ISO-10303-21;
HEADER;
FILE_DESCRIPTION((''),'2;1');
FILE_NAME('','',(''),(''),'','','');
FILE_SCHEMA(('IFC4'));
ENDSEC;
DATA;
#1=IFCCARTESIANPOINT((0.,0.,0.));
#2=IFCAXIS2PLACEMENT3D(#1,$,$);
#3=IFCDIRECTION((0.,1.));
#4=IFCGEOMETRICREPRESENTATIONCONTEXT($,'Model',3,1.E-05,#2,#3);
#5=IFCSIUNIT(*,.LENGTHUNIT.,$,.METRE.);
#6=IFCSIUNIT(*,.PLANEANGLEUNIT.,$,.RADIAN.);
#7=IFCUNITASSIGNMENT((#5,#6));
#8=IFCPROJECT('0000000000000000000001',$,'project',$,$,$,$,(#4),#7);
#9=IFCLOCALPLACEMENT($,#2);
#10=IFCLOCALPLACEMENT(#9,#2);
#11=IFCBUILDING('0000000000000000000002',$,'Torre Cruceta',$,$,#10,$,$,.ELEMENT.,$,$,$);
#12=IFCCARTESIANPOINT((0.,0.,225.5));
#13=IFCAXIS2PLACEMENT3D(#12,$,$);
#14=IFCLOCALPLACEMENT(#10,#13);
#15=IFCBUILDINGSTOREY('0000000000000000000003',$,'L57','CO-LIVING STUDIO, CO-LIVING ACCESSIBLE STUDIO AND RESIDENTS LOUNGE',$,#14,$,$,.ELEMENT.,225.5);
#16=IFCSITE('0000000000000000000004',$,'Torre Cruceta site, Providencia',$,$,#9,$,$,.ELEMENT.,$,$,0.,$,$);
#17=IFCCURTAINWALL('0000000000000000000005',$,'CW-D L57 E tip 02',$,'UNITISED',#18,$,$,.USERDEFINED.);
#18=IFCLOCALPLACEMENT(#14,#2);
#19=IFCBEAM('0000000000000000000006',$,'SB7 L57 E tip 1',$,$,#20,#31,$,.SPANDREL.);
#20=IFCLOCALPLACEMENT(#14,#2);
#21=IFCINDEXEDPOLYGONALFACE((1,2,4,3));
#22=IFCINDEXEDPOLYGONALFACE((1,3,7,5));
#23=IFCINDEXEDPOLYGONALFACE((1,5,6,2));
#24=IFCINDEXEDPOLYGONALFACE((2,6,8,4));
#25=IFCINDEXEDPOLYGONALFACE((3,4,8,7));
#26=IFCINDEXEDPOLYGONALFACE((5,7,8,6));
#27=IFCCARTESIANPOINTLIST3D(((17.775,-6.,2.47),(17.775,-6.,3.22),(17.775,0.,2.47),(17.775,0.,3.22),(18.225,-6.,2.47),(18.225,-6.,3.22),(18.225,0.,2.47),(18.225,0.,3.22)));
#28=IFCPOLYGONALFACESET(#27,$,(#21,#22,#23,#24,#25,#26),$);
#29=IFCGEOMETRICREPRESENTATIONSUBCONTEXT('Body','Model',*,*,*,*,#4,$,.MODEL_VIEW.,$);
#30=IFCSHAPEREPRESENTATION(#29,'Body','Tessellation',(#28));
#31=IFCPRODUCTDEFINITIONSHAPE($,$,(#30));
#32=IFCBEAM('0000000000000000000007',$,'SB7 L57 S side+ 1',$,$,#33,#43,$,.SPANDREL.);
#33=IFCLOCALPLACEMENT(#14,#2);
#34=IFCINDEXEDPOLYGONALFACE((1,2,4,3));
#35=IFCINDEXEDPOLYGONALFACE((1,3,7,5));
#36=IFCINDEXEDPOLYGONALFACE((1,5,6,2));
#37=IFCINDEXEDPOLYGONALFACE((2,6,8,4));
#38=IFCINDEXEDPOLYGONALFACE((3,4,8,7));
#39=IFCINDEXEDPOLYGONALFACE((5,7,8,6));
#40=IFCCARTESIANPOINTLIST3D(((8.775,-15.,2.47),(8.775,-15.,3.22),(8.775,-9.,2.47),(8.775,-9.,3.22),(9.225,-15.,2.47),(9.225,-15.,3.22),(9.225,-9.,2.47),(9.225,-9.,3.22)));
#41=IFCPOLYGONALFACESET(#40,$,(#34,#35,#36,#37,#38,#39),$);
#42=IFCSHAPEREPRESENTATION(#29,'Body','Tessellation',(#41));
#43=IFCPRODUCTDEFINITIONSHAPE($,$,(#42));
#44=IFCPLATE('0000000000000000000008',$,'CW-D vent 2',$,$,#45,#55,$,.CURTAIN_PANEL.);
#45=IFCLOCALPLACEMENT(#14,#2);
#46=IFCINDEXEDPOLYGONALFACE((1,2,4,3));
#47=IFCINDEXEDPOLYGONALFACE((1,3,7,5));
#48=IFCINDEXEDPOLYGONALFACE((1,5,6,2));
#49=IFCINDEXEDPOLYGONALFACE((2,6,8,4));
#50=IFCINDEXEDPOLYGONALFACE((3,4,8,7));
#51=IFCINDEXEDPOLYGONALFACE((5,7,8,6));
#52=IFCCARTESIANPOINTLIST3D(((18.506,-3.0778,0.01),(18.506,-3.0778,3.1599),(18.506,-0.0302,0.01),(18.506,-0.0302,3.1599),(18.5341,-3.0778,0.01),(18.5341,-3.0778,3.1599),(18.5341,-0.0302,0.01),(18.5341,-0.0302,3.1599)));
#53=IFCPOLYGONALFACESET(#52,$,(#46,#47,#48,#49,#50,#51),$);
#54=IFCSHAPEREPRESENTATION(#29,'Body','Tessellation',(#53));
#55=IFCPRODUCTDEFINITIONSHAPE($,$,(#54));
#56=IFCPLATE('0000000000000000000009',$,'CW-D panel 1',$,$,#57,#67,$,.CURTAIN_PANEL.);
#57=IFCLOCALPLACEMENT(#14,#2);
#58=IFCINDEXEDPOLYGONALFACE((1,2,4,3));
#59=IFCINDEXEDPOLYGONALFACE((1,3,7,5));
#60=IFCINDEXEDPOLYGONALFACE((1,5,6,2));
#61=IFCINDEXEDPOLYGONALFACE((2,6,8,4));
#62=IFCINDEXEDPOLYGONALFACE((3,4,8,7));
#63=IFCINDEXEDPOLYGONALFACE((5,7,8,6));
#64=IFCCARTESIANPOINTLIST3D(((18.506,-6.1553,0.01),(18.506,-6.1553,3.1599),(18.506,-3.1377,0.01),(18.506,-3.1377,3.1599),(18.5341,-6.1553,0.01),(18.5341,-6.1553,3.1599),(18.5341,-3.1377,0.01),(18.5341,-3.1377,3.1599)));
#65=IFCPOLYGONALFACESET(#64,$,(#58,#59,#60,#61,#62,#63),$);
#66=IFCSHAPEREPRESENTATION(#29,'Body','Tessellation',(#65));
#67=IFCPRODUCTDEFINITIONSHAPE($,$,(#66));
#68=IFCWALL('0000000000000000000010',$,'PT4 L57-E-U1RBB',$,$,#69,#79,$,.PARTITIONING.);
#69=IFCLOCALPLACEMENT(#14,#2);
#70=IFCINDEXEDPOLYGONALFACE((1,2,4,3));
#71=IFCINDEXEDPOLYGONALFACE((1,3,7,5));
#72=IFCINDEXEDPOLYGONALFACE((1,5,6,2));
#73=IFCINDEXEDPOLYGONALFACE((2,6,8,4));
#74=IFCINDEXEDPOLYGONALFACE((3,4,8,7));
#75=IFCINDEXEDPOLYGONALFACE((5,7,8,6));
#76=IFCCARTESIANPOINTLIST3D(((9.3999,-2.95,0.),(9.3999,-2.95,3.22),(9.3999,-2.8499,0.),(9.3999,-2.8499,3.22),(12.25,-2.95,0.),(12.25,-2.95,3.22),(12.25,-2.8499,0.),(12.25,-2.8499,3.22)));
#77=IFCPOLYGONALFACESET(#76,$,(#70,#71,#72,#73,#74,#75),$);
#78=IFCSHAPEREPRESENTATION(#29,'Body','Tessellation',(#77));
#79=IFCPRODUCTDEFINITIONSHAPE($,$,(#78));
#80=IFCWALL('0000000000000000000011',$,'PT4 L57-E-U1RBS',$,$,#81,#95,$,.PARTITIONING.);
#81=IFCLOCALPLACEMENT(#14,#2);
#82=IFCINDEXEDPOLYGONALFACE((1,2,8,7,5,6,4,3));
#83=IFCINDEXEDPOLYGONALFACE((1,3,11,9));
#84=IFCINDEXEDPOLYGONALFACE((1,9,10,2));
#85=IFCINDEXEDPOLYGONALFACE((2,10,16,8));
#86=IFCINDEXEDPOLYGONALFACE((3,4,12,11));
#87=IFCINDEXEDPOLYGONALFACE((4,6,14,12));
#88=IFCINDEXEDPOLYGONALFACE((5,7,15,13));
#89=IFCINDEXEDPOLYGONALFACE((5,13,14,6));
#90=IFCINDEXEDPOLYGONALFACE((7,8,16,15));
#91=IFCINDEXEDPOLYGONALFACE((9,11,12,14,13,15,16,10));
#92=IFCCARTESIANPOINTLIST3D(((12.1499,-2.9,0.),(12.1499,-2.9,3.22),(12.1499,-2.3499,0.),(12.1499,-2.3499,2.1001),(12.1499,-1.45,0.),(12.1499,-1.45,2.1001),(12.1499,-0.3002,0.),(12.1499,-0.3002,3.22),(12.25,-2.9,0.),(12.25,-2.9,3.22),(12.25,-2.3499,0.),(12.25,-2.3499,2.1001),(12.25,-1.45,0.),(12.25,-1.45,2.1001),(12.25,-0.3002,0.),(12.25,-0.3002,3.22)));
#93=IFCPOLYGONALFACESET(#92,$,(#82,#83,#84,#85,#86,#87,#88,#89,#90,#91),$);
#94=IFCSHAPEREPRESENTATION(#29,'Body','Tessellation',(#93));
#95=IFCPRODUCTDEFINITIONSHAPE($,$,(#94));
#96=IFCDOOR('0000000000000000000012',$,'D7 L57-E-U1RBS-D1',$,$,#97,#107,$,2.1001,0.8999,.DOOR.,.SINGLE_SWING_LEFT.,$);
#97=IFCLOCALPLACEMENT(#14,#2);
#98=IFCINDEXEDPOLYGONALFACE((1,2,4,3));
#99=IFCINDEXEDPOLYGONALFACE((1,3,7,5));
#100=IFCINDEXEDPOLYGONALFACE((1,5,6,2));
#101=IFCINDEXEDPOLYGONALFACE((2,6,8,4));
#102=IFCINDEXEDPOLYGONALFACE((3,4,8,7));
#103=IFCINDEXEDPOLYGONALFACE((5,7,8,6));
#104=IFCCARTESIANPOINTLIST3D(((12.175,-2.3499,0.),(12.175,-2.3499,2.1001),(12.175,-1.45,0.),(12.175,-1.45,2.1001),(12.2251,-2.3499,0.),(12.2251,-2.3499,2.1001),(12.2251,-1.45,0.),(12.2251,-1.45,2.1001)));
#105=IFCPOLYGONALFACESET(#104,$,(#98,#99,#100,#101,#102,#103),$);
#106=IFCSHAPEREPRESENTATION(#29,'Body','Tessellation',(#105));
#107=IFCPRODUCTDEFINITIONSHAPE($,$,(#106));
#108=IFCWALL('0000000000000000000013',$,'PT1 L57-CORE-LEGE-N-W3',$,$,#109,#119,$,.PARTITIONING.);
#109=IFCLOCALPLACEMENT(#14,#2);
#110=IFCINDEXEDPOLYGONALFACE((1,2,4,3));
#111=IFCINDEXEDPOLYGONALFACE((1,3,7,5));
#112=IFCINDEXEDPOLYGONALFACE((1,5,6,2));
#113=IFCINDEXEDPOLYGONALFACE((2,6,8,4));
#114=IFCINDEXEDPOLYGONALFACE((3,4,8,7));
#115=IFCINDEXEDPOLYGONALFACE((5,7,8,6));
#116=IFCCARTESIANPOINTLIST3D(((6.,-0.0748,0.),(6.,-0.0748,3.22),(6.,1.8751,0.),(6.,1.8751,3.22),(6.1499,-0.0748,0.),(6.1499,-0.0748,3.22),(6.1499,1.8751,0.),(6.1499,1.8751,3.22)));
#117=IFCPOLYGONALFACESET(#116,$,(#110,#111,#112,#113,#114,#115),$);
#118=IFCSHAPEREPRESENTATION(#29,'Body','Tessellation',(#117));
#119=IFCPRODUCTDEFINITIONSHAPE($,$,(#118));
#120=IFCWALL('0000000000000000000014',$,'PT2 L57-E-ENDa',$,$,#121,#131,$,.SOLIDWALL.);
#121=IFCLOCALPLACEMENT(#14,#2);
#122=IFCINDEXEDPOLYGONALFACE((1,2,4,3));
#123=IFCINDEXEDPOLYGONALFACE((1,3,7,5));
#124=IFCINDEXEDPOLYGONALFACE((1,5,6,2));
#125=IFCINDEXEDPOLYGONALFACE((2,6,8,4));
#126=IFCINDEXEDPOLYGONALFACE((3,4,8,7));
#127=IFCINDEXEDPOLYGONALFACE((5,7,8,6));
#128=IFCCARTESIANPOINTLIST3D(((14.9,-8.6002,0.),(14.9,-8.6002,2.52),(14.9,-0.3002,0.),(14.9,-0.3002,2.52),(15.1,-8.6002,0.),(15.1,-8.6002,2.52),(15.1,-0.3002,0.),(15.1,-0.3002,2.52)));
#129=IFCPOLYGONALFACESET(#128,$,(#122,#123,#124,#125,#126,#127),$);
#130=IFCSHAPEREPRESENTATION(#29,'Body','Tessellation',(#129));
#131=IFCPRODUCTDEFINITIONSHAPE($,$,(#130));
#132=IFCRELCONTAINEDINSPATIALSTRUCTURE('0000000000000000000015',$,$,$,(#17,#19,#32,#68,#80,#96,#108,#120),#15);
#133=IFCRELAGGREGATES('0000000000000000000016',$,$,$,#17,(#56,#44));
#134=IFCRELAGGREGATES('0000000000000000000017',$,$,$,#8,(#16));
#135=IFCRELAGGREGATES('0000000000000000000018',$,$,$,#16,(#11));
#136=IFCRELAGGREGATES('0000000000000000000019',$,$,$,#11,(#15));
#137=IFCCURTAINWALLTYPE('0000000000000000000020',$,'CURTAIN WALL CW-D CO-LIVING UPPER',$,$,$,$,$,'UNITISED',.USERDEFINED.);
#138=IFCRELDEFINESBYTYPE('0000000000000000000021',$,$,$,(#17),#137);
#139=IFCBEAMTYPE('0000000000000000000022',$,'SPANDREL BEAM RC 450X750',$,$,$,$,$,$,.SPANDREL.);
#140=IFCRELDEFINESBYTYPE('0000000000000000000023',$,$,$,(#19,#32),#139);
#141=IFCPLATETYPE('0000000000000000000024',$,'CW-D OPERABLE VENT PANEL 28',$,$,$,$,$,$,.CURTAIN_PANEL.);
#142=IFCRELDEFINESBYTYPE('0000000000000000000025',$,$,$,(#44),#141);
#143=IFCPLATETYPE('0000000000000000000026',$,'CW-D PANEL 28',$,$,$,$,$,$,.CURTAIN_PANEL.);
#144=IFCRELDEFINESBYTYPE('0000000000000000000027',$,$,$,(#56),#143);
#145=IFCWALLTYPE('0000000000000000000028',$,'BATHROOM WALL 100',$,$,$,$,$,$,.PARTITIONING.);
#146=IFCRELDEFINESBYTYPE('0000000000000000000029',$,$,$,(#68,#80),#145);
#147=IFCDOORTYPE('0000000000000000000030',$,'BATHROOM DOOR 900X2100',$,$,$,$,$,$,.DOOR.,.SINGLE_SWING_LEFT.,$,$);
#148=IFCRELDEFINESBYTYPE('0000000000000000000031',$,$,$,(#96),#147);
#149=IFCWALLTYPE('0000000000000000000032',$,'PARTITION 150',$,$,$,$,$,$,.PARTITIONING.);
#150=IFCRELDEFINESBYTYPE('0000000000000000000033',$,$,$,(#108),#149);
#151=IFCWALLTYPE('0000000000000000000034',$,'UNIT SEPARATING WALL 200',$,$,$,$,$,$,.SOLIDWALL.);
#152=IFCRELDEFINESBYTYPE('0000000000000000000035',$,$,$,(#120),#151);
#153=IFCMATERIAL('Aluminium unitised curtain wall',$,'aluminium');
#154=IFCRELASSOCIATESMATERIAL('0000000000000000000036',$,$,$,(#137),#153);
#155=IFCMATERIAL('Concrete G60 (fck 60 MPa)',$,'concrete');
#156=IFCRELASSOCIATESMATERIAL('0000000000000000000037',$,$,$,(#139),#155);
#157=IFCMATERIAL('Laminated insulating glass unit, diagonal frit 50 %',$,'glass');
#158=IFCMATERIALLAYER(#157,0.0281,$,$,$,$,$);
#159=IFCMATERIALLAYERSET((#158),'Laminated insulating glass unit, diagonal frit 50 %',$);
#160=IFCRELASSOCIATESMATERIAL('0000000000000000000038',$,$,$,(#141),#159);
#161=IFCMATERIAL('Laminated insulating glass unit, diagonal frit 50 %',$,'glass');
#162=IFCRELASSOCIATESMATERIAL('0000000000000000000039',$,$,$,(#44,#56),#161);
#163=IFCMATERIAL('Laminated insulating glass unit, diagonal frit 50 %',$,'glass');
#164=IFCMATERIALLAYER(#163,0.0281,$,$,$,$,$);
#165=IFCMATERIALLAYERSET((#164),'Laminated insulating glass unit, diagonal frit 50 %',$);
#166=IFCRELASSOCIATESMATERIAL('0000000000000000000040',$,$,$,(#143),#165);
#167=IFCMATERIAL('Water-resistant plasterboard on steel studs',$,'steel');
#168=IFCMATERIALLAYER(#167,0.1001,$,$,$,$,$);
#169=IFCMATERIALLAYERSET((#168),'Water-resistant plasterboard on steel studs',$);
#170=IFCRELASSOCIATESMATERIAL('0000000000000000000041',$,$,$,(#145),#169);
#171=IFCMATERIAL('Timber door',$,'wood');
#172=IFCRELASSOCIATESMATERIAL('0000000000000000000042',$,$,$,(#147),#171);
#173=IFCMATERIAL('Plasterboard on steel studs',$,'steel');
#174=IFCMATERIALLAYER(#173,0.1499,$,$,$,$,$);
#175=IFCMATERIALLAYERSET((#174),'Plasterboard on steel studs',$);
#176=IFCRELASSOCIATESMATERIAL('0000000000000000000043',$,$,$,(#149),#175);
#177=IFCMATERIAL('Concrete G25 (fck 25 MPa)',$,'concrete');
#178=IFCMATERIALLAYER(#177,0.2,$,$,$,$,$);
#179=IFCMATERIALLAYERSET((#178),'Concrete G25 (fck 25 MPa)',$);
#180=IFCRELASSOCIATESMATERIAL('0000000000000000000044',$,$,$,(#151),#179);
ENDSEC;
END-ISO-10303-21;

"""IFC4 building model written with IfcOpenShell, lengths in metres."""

from ifc_helpers import new_model, si_unit, direction, frame, frame_2d, origin, origin_2d, place, context, subcontext, project, spatial, rectangle, extrude, material, layer, layer_set, material_profile, profile_set, type_object, element, fill, aggregate, save


model = new_model("IFC4")

# Units and contexts
model_context = context("Model", 3, precision=1e-05, world=origin(), true_north=direction((0.0, 1.0)))
body_context = subcontext(model_context, "Body", "Model", "MODEL_VIEW")
ifc_project = project(units=[si_unit("LENGTHUNIT", "METRE"), si_unit("PLANEANGLEUNIT", "RADIAN")], contexts=[model_context])

# Site, building, storey
site_placement = place(None, origin())
site = spatial("IfcSite", under=ifc_project, at=site_placement, Name="Torre Cruceta site, Providencia", CompositionType="ELEMENT", RefElevation=0.0)
building_placement = place(site_placement, origin())
building = spatial("IfcBuilding", under=site, at=building_placement, Name="Torre Cruceta", CompositionType="ELEMENT")
storey_placement = place(building_placement, frame((0.0, 0.0, 225.5)))
storey = spatial("IfcBuildingStorey", under=building, at=storey_placement, Name="L57", Description="CO-LIVING STUDIO, CO-LIVING ACCESSIBLE STUDIO AND RESIDENTS LOUNGE", CompositionType="ELEMENT", Elevation=225.5)

# Curtain wall
ifc_material_1 = material(Name="Aluminium unitised curtain wall", Category="aluminium")
curtain_wall_type = type_object("IfcCurtainWallType", Name="CURTAIN WALL CW-D CO-LIVING UPPER", ElementType="UNITISED", PredefinedType="USERDEFINED", material=ifc_material_1)
curtain_wall_placement = place(storey_placement, origin())
curtain_wall = element("IfcCurtainWall", 1, at=curtain_wall_placement, inside=storey, type_object=curtain_wall_type, Name="CW-D L57 E tip 02", ObjectType="UNITISED", PredefinedType="USERDEFINED")

# Beams
ifc_material_2 = material(Name="Concrete G60 (fck 60 MPa)", Category="concrete")
ifc_material_profile_1 = material_profile(ifc_material_2, rectangle(XDim=0.45, YDim=0.75, at=origin_2d()), Name="RC 450X750")
ifc_profile_set_1 = profile_set([ifc_material_profile_1], Name="Concrete G60 (fck 60 MPa)")
beam_type_1 = type_object("IfcBeamType", Name="SPANDREL BEAM RC 450X750", PredefinedType="SPANDREL", material=ifc_profile_set_1)
for number, where, z_axis, x_axis, name in (
    (2, (18.0, -6.0, 2.845), (0.0, 1.0, 0.0), (-1.0, 0.0, 0.0), "SB7 L57 E tip 1"),
    (3, (9.0, -9.0, 2.845), (0.0, -1.0, 0.0), (1.0, 0.0, 0.0), "SB7 L57 S side+ 1"),
):
    element("IfcBeam", number, at=place(storey_placement, frame(where, z_axis=z_axis, x_axis=x_axis)), inside=storey, type_object=beam_type_1, Name=name, PredefinedType="SPANDREL", context=body_context, shape_type="SweptSolid", body=[
        extrude(rectangle(XDim=0.45, YDim=0.75, at=origin_2d()), origin(), (0.0, 0.0, 1.0), 6.0),
    ])

# Plates
ifc_material_3 = material(Name="Laminated insulating glass unit, diagonal frit 50 %", Category="glass")
ifc_material_4 = material(Name="Laminated insulating glass unit, diagonal frit 50 %", Category="glass")
ifc_layer_1 = layer(ifc_material_4, 0.0281)
ifc_layer_set_1 = layer_set([ifc_layer_1], Name="Laminated insulating glass unit, diagonal frit 50 %")
plate_type_1 = type_object("IfcPlateType", Name="CW-D OPERABLE VENT PANEL 28", PredefinedType="CURTAIN_PANEL", material=ifc_layer_set_1)
plate_1_placement = place(storey_placement, frame((18.52, -1.554, 0.01), z_axis=(0.0, 0.0, 1.0), x_axis=(0.0, 1.0, 0.0)))
plate_1 = element("IfcPlate", 4, at=plate_1_placement, type_object=plate_type_1, material=ifc_material_3, Name="CW-D vent 2", PredefinedType="CURTAIN_PANEL", context=body_context, shape_type="SweptSolid", body=[
    extrude(rectangle(XDim=3.0476, YDim=0.0281, at=origin_2d()), origin(), (0.0, 0.0, 1.0), 3.1499),
])
ifc_material_5 = material(Name="Laminated insulating glass unit, diagonal frit 50 %", Category="glass")
ifc_layer_2 = layer(ifc_material_5, 0.0281)
ifc_layer_set_2 = layer_set([ifc_layer_2], Name="Laminated insulating glass unit, diagonal frit 50 %")
plate_type_2 = type_object("IfcPlateType", Name="CW-D PANEL 28", PredefinedType="CURTAIN_PANEL", material=ifc_layer_set_2)
plate_2_placement = place(storey_placement, frame((18.52, -4.6465, 0.01), z_axis=(0.0, 0.0, 1.0), x_axis=(0.0, 1.0, 0.0)))
plate_2 = element("IfcPlate", 5, at=plate_2_placement, type_object=plate_type_2, material=ifc_material_3, Name="CW-D panel 1", PredefinedType="CURTAIN_PANEL", context=body_context, shape_type="SweptSolid", body=[
    extrude(rectangle(XDim=3.0176, YDim=0.0281, at=origin_2d()), origin(), (0.0, 0.0, 1.0), 3.1499),
])
aggregate(curtain_wall, [plate_2, plate_1])

# Wall
ifc_material_6 = material(Name="Water-resistant plasterboard on steel studs", Category="steel")
ifc_layer_3 = layer(ifc_material_6, 0.1001)
ifc_layer_set_3 = layer_set([ifc_layer_3], Name="Water-resistant plasterboard on steel studs")
wall_type_1 = type_object("IfcWallType", Name="BATHROOM WALL 100", PredefinedType="PARTITIONING", material=ifc_layer_set_3)
wall_1_placement = place(storey_placement, frame((9.3999, -2.8999, 0.0), z_axis=(0.0, 0.0, 1.0), x_axis=(1.0, 0.0, 0.0)))
element("IfcWall", 6, at=wall_1_placement, inside=storey, type_object=wall_type_1, Name="PT4 L57-E-U1RBB", PredefinedType="PARTITIONING", context=body_context, shape_type="SweptSolid", body=[
    extrude(rectangle(XDim=2.8501, YDim=0.1001, at=frame_2d((1.425, 0.0))), origin(), (0.0, 0.0, 1.0), 3.22),
])

# Wall, opening, door
wall_2_placement = place(storey_placement, frame((12.2, -2.8999, 0.0), z_axis=(0.0, 0.0, 1.0), x_axis=(0.0, 1.0, 0.0)))
wall_2 = element("IfcWall", 7, at=wall_2_placement, inside=storey, type_object=wall_type_1, Name="PT4 L57-E-U1RBS", PredefinedType="PARTITIONING", context=body_context, shape_type="SweptSolid", body=[
    extrude(rectangle(XDim=2.5999, YDim=0.1001, at=frame_2d((1.2998, 0.0))), origin(), (0.0, 0.0, 1.0), 3.22),
])
opening_placement = place(wall_2_placement, frame((0.55, 0.0, 0.0)))
opening = element("IfcOpeningElement", 8, at=opening_placement, cuts=wall_2, PredefinedType="OPENING", context=body_context, shape_type="SweptSolid", body=[
    extrude(rectangle(XDim=0.8999, YDim=2.1001, at=frame_2d((0.45, 1.05))), frame((0.0, 0.0601, 0.0), z_axis=(0.0, -1.0, 0.0), x_axis=(1.0, 0.0, 0.0)), (0.0, 0.0, 1.0), 0.1201),
])
ifc_material_7 = material(Name="Timber door", Category="wood")
door_type = type_object("IfcDoorType", Name="BATHROOM DOOR 900X2100", OperationType="SINGLE_SWING_LEFT", PredefinedType="DOOR", material=ifc_material_7)
door_placement = place(opening_placement, origin())
door = element("IfcDoor", 9, at=door_placement, inside=storey, type_object=door_type, Name="D7 L57-E-U1RBS-D1", OperationType="SINGLE_SWING_LEFT", OverallHeight=2.1001, OverallWidth=0.8999, PredefinedType="DOOR", context=body_context, shape_type="SweptSolid", body=[
    extrude(rectangle(XDim=0.8999, YDim=2.1001, at=frame_2d((0.45, 1.05))), frame((0.0, 0.0249, 0.0), z_axis=(0.0, -1.0, 0.0), x_axis=(1.0, 0.0, 0.0)), (0.0, 0.0, 1.0), 0.05),
])
fill(opening, door)

# Walls
ifc_material_8 = material(Name="Plasterboard on steel studs", Category="steel")
ifc_layer_4 = layer(ifc_material_8, 0.1499)
ifc_layer_set_4 = layer_set([ifc_layer_4], Name="Plasterboard on steel studs")
wall_type_2 = type_object("IfcWallType", Name="PARTITION 150", PredefinedType="PARTITIONING", material=ifc_layer_set_4)
wall_3_placement = place(storey_placement, frame((6.075, -0.075, 0.0), z_axis=(0.0, 0.0, 1.0), x_axis=(0.0, 1.0, 0.0)))
element("IfcWall", 10, at=wall_3_placement, inside=storey, type_object=wall_type_2, Name="PT1 L57-CORE-LEGE-N-W3", PredefinedType="PARTITIONING", context=body_context, shape_type="SweptSolid", body=[
    extrude(rectangle(XDim=1.95, YDim=0.1499, at=frame_2d((0.9751, 0.0))), origin(), (0.0, 0.0, 1.0), 3.22),
])
ifc_material_9 = material(Name="Concrete G25 (fck 25 MPa)", Category="concrete")
ifc_layer_5 = layer(ifc_material_9, 0.2)
ifc_layer_set_5 = layer_set([ifc_layer_5], Name="Concrete G25 (fck 25 MPa)")
wall_type_3 = type_object("IfcWallType", Name="UNIT SEPARATING WALL 200", PredefinedType="SOLIDWALL", material=ifc_layer_set_5)
wall_4_placement = place(storey_placement, frame((15.0, -8.6001, 0.0), z_axis=(0.0, 0.0, 1.0), x_axis=(0.0, 1.0, 0.0)))
element("IfcWall", 11, at=wall_4_placement, inside=storey, type_object=wall_type_3, Name="PT2 L57-E-ENDa", PredefinedType="SOLIDWALL", context=body_context, shape_type="SweptSolid", body=[
    extrude(rectangle(XDim=8.3, YDim=0.2, at=frame_2d((4.1499, 0.0))), origin(), (0.0, 0.0, 1.0), 2.52),
])

save(model, "model.ifc")
